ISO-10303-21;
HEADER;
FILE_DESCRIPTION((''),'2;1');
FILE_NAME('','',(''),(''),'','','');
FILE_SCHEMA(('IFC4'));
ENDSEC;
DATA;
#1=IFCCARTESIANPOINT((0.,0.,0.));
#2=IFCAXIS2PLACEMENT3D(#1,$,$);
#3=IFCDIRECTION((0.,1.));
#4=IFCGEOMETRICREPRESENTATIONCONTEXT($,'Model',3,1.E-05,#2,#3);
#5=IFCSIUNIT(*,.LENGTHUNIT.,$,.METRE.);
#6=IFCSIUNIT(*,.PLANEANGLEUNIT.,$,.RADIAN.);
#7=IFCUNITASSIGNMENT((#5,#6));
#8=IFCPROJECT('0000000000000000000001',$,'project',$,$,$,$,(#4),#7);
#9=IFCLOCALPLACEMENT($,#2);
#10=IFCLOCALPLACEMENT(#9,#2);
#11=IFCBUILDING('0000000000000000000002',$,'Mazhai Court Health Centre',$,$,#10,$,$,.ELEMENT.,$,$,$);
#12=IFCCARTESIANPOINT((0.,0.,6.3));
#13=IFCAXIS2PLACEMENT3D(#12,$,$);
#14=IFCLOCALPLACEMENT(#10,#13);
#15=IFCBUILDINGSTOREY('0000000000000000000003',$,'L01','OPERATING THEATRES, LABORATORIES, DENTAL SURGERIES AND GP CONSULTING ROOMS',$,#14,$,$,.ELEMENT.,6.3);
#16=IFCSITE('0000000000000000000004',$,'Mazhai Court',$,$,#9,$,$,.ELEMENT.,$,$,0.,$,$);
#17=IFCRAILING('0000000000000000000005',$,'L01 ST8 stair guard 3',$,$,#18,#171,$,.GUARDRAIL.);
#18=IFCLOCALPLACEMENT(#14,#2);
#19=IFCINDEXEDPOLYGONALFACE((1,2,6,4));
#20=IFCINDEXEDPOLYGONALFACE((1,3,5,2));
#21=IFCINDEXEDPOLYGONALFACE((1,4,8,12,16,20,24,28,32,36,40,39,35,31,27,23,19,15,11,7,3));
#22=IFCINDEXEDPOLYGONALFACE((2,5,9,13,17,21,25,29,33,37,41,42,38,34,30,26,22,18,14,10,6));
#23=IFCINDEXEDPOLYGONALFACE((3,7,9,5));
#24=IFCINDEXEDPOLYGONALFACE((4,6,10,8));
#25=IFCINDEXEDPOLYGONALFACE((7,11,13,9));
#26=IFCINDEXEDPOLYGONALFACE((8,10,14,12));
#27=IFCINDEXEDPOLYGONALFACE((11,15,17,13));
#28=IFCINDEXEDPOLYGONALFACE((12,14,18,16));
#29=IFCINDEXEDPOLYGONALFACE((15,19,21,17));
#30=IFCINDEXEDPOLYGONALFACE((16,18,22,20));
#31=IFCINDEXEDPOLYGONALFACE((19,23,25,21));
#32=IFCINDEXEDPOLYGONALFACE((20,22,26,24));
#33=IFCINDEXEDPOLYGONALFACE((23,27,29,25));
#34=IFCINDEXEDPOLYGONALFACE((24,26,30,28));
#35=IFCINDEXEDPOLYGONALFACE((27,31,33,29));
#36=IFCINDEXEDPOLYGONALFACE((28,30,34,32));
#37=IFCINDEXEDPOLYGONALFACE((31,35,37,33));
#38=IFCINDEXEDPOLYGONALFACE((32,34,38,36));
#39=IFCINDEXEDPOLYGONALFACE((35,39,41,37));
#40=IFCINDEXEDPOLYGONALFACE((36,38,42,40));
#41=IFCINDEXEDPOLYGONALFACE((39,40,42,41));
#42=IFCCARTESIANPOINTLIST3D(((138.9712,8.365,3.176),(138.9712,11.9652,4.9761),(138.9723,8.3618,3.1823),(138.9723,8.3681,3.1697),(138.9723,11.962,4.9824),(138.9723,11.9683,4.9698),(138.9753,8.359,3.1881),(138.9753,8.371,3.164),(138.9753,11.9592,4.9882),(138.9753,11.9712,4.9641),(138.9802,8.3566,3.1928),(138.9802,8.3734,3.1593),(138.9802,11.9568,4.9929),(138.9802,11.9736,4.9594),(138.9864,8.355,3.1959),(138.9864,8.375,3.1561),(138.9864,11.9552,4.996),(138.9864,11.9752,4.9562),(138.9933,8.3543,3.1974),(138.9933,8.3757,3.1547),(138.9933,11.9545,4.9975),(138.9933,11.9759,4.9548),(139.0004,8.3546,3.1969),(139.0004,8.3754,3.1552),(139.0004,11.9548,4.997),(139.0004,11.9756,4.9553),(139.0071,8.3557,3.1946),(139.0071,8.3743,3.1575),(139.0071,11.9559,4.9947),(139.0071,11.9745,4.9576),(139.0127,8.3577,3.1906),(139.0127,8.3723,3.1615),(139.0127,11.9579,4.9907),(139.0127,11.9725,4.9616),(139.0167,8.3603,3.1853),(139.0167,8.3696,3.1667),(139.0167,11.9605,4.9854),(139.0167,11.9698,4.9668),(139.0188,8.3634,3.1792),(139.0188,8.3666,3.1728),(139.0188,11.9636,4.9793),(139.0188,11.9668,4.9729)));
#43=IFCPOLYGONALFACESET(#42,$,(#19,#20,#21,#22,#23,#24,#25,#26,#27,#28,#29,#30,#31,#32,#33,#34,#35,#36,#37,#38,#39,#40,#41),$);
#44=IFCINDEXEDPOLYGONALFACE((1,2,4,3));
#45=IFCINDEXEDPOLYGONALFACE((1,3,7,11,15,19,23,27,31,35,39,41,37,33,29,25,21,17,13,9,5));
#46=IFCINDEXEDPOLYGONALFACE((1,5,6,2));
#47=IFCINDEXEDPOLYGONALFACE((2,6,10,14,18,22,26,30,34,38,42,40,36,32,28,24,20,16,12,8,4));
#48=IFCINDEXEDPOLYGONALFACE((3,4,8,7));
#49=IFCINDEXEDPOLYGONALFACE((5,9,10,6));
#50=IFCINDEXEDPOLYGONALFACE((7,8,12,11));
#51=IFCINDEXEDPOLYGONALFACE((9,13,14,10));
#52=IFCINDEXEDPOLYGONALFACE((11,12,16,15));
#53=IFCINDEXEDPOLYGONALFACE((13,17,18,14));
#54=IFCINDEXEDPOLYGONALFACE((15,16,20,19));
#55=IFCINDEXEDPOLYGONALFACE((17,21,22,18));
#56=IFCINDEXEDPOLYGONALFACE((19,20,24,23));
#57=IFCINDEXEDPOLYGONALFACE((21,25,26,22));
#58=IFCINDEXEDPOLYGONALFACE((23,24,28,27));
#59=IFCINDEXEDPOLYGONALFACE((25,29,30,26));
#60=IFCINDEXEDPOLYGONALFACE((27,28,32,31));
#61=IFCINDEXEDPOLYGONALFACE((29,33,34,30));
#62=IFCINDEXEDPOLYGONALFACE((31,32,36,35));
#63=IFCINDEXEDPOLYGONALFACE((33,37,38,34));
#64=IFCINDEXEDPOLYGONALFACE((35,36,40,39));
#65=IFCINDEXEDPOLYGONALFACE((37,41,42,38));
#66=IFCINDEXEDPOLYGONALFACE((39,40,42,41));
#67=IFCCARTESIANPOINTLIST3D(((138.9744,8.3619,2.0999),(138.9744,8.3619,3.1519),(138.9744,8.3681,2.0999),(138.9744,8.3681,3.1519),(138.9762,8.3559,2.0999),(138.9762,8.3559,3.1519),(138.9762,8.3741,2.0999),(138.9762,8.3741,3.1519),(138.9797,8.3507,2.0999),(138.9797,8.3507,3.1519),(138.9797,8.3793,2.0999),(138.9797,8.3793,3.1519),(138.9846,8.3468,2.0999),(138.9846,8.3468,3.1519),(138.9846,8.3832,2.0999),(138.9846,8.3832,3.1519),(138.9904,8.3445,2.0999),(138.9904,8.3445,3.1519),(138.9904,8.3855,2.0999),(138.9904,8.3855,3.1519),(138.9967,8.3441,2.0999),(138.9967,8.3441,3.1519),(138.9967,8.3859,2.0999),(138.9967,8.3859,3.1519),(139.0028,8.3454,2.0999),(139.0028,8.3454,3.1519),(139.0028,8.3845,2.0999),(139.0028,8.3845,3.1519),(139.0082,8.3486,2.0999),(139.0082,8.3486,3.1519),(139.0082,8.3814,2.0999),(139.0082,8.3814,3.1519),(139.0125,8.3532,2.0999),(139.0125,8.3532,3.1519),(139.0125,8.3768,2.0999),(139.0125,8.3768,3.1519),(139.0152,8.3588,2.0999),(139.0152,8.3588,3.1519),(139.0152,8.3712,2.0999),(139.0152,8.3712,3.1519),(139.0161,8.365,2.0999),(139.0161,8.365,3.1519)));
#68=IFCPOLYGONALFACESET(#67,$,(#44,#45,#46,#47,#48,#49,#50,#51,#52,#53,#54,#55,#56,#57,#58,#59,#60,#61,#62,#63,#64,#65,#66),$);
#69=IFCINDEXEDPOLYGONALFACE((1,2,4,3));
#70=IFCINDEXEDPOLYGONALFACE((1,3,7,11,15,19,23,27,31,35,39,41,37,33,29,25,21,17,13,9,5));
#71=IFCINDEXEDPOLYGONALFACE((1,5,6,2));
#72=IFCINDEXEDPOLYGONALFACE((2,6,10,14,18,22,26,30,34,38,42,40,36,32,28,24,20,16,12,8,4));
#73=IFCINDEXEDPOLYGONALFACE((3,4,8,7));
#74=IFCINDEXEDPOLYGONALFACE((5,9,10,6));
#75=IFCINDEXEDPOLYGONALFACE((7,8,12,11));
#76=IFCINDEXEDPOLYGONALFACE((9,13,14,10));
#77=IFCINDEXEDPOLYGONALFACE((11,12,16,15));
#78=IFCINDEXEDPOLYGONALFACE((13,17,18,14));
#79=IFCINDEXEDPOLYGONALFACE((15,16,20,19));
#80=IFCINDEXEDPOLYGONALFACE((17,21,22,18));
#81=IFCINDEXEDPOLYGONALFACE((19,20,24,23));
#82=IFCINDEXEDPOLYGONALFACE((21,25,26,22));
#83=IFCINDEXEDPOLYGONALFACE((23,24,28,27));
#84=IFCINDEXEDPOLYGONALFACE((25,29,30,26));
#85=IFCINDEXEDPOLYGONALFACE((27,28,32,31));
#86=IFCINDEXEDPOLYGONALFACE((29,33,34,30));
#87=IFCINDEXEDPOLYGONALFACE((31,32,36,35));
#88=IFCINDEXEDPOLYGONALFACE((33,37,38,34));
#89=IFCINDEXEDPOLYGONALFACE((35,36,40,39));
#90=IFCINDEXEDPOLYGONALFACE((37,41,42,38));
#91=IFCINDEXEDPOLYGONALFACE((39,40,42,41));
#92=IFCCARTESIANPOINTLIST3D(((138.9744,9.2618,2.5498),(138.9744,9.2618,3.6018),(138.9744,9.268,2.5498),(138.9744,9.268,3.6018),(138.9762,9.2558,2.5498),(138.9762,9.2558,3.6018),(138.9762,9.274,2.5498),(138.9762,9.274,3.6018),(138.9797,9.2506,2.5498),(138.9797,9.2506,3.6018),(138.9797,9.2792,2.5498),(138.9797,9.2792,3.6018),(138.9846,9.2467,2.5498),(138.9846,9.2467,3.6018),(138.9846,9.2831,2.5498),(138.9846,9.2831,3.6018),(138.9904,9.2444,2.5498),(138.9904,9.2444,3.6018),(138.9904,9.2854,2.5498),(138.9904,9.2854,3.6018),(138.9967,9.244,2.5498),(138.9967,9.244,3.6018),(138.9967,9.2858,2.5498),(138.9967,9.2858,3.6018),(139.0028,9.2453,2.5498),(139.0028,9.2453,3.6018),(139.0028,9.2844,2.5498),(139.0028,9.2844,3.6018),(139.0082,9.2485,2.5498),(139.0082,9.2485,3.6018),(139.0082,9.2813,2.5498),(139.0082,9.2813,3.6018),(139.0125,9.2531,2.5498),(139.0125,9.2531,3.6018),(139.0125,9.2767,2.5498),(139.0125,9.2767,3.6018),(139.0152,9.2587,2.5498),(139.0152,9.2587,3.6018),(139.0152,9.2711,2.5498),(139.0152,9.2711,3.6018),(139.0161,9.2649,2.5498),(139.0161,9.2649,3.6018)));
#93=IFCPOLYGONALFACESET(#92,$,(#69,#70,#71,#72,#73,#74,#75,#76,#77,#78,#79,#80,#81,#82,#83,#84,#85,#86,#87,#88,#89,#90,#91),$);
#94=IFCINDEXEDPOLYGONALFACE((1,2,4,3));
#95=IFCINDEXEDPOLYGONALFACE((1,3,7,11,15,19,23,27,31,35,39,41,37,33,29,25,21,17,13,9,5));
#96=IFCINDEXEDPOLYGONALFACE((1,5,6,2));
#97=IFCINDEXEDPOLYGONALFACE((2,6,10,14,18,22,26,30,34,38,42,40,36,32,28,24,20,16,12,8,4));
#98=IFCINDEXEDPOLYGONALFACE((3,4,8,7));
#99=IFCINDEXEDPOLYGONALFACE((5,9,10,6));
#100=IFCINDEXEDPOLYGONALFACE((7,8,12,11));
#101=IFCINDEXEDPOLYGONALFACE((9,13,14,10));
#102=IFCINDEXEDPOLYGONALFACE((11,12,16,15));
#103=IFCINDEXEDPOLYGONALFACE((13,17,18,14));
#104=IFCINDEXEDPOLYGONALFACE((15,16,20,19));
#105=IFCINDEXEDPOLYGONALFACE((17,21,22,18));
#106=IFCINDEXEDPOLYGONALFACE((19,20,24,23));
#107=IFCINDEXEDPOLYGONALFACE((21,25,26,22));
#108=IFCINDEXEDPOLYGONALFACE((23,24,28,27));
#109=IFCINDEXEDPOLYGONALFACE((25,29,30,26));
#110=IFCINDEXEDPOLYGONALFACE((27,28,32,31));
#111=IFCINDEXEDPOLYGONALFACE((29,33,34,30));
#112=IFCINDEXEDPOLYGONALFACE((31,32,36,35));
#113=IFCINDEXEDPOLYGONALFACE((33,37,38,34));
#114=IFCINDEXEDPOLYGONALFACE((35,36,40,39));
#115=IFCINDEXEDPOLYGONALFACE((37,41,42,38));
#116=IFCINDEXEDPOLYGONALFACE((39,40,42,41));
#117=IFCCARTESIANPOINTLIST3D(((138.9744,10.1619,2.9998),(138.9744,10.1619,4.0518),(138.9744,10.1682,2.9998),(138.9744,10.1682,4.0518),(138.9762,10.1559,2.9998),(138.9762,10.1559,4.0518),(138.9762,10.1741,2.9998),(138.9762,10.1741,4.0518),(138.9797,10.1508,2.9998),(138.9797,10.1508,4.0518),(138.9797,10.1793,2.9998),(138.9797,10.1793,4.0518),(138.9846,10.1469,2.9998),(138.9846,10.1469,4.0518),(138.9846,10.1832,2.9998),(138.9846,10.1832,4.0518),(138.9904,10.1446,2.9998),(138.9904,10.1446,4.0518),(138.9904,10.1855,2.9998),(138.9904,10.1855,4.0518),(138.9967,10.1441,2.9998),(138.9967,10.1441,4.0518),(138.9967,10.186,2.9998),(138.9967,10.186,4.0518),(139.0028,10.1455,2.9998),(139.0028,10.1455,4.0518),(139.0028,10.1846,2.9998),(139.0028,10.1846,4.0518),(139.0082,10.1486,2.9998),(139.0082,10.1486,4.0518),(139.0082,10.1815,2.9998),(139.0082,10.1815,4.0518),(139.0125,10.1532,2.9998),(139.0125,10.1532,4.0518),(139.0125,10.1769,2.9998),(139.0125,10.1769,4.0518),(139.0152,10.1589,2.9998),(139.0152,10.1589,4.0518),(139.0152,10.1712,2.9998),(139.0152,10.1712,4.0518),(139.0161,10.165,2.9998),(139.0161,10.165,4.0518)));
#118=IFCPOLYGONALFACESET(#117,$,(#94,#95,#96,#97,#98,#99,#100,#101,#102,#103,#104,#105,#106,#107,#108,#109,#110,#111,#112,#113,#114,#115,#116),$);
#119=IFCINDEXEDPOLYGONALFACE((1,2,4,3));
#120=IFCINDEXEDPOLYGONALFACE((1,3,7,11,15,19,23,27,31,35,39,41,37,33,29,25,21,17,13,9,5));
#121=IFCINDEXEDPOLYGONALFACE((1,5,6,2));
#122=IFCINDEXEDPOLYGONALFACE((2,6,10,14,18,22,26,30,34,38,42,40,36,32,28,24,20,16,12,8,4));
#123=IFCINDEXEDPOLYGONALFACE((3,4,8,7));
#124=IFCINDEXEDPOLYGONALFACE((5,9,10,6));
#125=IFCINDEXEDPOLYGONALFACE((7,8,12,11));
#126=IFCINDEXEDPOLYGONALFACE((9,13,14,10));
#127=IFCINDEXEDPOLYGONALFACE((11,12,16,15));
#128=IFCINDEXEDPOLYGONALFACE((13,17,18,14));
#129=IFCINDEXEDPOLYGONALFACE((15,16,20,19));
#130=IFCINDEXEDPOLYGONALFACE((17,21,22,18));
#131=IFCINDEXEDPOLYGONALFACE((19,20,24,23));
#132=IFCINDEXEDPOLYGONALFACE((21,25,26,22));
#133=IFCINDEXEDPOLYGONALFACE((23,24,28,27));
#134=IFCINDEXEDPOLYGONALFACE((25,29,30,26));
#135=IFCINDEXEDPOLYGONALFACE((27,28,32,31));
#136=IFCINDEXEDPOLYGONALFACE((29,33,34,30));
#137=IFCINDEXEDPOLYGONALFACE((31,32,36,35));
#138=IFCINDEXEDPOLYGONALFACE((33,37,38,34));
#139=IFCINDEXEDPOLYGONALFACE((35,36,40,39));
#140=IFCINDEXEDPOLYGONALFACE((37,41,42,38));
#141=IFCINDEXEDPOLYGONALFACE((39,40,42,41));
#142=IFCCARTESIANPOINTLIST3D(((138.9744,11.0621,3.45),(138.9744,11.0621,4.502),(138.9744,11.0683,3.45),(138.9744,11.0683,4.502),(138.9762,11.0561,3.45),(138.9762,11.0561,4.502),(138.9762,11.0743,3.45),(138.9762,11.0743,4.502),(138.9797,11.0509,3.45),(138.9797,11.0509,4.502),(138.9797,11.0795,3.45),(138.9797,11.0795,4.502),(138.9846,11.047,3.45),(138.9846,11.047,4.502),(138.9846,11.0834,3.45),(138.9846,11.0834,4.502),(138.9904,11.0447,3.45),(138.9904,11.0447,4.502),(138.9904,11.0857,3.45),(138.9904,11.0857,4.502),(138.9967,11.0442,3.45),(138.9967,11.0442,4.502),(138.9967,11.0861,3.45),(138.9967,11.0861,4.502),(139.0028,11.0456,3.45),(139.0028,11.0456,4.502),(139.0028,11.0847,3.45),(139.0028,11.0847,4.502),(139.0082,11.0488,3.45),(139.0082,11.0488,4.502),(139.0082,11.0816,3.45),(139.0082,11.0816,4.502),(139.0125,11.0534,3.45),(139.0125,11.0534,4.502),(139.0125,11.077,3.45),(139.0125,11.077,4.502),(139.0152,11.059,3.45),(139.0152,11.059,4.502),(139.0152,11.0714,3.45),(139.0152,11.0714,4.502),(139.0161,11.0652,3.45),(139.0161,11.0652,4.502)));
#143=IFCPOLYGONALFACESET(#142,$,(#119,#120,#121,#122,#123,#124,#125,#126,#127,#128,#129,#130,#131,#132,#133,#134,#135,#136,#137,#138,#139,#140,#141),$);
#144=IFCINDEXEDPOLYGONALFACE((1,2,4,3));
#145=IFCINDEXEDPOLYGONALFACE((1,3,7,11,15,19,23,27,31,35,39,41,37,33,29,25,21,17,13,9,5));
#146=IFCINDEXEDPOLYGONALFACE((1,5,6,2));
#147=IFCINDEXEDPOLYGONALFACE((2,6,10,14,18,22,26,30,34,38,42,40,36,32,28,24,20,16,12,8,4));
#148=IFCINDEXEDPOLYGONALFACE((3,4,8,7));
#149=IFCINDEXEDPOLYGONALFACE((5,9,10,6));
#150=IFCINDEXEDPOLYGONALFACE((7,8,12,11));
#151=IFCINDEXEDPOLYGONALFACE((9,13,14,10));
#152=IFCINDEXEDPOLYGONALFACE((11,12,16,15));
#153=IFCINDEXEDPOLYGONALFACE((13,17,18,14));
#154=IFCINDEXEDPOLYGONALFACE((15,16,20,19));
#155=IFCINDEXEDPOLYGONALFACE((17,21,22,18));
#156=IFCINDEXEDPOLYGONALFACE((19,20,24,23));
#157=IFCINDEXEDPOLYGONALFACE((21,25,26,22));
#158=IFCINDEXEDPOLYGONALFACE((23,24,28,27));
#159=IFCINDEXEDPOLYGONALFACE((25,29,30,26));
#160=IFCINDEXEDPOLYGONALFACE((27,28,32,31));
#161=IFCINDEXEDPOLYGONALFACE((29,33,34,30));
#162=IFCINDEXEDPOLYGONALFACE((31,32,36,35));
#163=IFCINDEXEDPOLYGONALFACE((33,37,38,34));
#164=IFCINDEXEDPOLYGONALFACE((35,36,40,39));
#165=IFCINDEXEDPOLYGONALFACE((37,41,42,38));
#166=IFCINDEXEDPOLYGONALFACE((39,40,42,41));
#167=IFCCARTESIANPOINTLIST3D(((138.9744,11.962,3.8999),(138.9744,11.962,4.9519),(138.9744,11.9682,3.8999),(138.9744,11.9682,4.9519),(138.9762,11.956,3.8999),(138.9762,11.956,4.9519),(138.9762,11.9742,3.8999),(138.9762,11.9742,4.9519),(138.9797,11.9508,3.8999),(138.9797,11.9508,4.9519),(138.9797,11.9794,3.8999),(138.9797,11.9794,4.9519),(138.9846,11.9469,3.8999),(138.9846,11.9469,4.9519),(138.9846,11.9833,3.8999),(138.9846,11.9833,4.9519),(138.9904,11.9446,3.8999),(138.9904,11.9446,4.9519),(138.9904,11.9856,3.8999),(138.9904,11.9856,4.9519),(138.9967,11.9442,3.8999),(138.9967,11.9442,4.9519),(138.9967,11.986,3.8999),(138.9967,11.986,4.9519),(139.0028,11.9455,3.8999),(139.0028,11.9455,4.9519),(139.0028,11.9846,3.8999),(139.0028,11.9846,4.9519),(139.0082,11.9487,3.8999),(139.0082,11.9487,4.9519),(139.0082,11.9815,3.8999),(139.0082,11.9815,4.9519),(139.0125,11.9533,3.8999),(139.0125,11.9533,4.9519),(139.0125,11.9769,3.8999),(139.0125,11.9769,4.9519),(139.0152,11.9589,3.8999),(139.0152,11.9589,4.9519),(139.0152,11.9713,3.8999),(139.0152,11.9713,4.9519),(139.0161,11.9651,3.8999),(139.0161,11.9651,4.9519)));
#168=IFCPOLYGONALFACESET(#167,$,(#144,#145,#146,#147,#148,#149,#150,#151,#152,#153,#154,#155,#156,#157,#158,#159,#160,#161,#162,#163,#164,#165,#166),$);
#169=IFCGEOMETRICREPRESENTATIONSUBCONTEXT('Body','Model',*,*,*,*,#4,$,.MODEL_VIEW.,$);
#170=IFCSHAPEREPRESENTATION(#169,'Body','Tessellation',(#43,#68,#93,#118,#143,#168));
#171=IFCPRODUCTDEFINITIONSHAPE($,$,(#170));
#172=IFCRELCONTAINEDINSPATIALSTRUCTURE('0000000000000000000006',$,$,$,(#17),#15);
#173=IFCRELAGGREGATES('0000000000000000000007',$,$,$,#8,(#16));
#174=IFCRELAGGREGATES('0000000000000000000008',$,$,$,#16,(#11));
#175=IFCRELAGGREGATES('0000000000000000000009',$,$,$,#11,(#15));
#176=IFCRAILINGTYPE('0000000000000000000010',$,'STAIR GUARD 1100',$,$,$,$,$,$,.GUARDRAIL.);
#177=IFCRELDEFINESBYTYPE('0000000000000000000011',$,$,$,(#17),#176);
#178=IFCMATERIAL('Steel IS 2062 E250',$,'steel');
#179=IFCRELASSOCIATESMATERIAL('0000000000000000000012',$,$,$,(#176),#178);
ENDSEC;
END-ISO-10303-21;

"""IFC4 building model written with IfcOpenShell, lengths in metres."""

from ifc_helpers import new_model, si_unit, direction, frame, origin, origin_2d, place, context, subcontext, project, spatial, circle, extrude, material, type_object, element, save


model = new_model("IFC4")

# Units and contexts
model_context = context("Model", 3, precision=1e-05, world=origin(), true_north=direction((0.0, 1.0)))
body_context = subcontext(model_context, "Body", "Model", "MODEL_VIEW")
ifc_project = project(units=[si_unit("LENGTHUNIT", "METRE"), si_unit("PLANEANGLEUNIT", "RADIAN")], contexts=[model_context])

# Site, building, storey
site_placement = place(None, origin())
site = spatial("IfcSite", under=ifc_project, at=site_placement, Name="Mazhai Court", CompositionType="ELEMENT", RefElevation=0.0)
building_placement = place(site_placement, origin())
building = spatial("IfcBuilding", under=site, at=building_placement, Name="Mazhai Court Health Centre", CompositionType="ELEMENT")
storey_placement = place(building_placement, frame((0.0, 0.0, 6.3)))
storey = spatial("IfcBuildingStorey", under=building, at=storey_placement, Name="L01", Description="OPERATING THEATRES, LABORATORIES, DENTAL SURGERIES AND GP CONSULTING ROOMS", CompositionType="ELEMENT", Elevation=6.3)

# Railing
ifc_material_1 = material(Name="Steel IS 2062 E250", Category="steel")
railing_type_1 = type_object("IfcRailingType", Name="STAIR GUARD 1100", PredefinedType="GUARDRAIL", material=ifc_material_1)
railing_1_placement = place(storey_placement, frame((138.9951, 8.365, 2.0999)))
element("IfcRailing", 1, at=railing_1_placement, inside=storey, type_object=railing_type_1, Name="L01 ST8 stair guard 3", PredefinedType="GUARDRAIL", context=body_context, shape_type="SweptSolid", body=[
    extrude(circle(Radius=0.0239, at=origin_2d()), frame((0.0, 0.0, 1.0762), z_axis=(0.0, 0.894427, 0.447214), x_axis=(-1.0, 0.0, 0.0)), (0.0, 0.0, 1.0), 4.0251),
    extrude(circle(Radius=0.021, at=origin_2d()), origin(), (0.0, 0.0, 1.0), 1.052),
    extrude(circle(Radius=0.021, at=origin_2d()), frame((0.0, 0.8999, 0.45)), (0.0, 0.0, 1.0), 1.052),
    extrude(circle(Radius=0.021, at=origin_2d()), frame((0.0, 1.8, 0.8999)), (0.0, 0.0, 1.0), 1.052),
    extrude(circle(Radius=0.021, at=origin_2d()), frame((0.0, 2.7002, 1.3501)), (0.0, 0.0, 1.0), 1.052),
    extrude(circle(Radius=0.021, at=origin_2d()), frame((0.0, 3.6001, 1.8)), (0.0, 0.0, 1.0), 1.052),
])

save(model, "model.ifc")
